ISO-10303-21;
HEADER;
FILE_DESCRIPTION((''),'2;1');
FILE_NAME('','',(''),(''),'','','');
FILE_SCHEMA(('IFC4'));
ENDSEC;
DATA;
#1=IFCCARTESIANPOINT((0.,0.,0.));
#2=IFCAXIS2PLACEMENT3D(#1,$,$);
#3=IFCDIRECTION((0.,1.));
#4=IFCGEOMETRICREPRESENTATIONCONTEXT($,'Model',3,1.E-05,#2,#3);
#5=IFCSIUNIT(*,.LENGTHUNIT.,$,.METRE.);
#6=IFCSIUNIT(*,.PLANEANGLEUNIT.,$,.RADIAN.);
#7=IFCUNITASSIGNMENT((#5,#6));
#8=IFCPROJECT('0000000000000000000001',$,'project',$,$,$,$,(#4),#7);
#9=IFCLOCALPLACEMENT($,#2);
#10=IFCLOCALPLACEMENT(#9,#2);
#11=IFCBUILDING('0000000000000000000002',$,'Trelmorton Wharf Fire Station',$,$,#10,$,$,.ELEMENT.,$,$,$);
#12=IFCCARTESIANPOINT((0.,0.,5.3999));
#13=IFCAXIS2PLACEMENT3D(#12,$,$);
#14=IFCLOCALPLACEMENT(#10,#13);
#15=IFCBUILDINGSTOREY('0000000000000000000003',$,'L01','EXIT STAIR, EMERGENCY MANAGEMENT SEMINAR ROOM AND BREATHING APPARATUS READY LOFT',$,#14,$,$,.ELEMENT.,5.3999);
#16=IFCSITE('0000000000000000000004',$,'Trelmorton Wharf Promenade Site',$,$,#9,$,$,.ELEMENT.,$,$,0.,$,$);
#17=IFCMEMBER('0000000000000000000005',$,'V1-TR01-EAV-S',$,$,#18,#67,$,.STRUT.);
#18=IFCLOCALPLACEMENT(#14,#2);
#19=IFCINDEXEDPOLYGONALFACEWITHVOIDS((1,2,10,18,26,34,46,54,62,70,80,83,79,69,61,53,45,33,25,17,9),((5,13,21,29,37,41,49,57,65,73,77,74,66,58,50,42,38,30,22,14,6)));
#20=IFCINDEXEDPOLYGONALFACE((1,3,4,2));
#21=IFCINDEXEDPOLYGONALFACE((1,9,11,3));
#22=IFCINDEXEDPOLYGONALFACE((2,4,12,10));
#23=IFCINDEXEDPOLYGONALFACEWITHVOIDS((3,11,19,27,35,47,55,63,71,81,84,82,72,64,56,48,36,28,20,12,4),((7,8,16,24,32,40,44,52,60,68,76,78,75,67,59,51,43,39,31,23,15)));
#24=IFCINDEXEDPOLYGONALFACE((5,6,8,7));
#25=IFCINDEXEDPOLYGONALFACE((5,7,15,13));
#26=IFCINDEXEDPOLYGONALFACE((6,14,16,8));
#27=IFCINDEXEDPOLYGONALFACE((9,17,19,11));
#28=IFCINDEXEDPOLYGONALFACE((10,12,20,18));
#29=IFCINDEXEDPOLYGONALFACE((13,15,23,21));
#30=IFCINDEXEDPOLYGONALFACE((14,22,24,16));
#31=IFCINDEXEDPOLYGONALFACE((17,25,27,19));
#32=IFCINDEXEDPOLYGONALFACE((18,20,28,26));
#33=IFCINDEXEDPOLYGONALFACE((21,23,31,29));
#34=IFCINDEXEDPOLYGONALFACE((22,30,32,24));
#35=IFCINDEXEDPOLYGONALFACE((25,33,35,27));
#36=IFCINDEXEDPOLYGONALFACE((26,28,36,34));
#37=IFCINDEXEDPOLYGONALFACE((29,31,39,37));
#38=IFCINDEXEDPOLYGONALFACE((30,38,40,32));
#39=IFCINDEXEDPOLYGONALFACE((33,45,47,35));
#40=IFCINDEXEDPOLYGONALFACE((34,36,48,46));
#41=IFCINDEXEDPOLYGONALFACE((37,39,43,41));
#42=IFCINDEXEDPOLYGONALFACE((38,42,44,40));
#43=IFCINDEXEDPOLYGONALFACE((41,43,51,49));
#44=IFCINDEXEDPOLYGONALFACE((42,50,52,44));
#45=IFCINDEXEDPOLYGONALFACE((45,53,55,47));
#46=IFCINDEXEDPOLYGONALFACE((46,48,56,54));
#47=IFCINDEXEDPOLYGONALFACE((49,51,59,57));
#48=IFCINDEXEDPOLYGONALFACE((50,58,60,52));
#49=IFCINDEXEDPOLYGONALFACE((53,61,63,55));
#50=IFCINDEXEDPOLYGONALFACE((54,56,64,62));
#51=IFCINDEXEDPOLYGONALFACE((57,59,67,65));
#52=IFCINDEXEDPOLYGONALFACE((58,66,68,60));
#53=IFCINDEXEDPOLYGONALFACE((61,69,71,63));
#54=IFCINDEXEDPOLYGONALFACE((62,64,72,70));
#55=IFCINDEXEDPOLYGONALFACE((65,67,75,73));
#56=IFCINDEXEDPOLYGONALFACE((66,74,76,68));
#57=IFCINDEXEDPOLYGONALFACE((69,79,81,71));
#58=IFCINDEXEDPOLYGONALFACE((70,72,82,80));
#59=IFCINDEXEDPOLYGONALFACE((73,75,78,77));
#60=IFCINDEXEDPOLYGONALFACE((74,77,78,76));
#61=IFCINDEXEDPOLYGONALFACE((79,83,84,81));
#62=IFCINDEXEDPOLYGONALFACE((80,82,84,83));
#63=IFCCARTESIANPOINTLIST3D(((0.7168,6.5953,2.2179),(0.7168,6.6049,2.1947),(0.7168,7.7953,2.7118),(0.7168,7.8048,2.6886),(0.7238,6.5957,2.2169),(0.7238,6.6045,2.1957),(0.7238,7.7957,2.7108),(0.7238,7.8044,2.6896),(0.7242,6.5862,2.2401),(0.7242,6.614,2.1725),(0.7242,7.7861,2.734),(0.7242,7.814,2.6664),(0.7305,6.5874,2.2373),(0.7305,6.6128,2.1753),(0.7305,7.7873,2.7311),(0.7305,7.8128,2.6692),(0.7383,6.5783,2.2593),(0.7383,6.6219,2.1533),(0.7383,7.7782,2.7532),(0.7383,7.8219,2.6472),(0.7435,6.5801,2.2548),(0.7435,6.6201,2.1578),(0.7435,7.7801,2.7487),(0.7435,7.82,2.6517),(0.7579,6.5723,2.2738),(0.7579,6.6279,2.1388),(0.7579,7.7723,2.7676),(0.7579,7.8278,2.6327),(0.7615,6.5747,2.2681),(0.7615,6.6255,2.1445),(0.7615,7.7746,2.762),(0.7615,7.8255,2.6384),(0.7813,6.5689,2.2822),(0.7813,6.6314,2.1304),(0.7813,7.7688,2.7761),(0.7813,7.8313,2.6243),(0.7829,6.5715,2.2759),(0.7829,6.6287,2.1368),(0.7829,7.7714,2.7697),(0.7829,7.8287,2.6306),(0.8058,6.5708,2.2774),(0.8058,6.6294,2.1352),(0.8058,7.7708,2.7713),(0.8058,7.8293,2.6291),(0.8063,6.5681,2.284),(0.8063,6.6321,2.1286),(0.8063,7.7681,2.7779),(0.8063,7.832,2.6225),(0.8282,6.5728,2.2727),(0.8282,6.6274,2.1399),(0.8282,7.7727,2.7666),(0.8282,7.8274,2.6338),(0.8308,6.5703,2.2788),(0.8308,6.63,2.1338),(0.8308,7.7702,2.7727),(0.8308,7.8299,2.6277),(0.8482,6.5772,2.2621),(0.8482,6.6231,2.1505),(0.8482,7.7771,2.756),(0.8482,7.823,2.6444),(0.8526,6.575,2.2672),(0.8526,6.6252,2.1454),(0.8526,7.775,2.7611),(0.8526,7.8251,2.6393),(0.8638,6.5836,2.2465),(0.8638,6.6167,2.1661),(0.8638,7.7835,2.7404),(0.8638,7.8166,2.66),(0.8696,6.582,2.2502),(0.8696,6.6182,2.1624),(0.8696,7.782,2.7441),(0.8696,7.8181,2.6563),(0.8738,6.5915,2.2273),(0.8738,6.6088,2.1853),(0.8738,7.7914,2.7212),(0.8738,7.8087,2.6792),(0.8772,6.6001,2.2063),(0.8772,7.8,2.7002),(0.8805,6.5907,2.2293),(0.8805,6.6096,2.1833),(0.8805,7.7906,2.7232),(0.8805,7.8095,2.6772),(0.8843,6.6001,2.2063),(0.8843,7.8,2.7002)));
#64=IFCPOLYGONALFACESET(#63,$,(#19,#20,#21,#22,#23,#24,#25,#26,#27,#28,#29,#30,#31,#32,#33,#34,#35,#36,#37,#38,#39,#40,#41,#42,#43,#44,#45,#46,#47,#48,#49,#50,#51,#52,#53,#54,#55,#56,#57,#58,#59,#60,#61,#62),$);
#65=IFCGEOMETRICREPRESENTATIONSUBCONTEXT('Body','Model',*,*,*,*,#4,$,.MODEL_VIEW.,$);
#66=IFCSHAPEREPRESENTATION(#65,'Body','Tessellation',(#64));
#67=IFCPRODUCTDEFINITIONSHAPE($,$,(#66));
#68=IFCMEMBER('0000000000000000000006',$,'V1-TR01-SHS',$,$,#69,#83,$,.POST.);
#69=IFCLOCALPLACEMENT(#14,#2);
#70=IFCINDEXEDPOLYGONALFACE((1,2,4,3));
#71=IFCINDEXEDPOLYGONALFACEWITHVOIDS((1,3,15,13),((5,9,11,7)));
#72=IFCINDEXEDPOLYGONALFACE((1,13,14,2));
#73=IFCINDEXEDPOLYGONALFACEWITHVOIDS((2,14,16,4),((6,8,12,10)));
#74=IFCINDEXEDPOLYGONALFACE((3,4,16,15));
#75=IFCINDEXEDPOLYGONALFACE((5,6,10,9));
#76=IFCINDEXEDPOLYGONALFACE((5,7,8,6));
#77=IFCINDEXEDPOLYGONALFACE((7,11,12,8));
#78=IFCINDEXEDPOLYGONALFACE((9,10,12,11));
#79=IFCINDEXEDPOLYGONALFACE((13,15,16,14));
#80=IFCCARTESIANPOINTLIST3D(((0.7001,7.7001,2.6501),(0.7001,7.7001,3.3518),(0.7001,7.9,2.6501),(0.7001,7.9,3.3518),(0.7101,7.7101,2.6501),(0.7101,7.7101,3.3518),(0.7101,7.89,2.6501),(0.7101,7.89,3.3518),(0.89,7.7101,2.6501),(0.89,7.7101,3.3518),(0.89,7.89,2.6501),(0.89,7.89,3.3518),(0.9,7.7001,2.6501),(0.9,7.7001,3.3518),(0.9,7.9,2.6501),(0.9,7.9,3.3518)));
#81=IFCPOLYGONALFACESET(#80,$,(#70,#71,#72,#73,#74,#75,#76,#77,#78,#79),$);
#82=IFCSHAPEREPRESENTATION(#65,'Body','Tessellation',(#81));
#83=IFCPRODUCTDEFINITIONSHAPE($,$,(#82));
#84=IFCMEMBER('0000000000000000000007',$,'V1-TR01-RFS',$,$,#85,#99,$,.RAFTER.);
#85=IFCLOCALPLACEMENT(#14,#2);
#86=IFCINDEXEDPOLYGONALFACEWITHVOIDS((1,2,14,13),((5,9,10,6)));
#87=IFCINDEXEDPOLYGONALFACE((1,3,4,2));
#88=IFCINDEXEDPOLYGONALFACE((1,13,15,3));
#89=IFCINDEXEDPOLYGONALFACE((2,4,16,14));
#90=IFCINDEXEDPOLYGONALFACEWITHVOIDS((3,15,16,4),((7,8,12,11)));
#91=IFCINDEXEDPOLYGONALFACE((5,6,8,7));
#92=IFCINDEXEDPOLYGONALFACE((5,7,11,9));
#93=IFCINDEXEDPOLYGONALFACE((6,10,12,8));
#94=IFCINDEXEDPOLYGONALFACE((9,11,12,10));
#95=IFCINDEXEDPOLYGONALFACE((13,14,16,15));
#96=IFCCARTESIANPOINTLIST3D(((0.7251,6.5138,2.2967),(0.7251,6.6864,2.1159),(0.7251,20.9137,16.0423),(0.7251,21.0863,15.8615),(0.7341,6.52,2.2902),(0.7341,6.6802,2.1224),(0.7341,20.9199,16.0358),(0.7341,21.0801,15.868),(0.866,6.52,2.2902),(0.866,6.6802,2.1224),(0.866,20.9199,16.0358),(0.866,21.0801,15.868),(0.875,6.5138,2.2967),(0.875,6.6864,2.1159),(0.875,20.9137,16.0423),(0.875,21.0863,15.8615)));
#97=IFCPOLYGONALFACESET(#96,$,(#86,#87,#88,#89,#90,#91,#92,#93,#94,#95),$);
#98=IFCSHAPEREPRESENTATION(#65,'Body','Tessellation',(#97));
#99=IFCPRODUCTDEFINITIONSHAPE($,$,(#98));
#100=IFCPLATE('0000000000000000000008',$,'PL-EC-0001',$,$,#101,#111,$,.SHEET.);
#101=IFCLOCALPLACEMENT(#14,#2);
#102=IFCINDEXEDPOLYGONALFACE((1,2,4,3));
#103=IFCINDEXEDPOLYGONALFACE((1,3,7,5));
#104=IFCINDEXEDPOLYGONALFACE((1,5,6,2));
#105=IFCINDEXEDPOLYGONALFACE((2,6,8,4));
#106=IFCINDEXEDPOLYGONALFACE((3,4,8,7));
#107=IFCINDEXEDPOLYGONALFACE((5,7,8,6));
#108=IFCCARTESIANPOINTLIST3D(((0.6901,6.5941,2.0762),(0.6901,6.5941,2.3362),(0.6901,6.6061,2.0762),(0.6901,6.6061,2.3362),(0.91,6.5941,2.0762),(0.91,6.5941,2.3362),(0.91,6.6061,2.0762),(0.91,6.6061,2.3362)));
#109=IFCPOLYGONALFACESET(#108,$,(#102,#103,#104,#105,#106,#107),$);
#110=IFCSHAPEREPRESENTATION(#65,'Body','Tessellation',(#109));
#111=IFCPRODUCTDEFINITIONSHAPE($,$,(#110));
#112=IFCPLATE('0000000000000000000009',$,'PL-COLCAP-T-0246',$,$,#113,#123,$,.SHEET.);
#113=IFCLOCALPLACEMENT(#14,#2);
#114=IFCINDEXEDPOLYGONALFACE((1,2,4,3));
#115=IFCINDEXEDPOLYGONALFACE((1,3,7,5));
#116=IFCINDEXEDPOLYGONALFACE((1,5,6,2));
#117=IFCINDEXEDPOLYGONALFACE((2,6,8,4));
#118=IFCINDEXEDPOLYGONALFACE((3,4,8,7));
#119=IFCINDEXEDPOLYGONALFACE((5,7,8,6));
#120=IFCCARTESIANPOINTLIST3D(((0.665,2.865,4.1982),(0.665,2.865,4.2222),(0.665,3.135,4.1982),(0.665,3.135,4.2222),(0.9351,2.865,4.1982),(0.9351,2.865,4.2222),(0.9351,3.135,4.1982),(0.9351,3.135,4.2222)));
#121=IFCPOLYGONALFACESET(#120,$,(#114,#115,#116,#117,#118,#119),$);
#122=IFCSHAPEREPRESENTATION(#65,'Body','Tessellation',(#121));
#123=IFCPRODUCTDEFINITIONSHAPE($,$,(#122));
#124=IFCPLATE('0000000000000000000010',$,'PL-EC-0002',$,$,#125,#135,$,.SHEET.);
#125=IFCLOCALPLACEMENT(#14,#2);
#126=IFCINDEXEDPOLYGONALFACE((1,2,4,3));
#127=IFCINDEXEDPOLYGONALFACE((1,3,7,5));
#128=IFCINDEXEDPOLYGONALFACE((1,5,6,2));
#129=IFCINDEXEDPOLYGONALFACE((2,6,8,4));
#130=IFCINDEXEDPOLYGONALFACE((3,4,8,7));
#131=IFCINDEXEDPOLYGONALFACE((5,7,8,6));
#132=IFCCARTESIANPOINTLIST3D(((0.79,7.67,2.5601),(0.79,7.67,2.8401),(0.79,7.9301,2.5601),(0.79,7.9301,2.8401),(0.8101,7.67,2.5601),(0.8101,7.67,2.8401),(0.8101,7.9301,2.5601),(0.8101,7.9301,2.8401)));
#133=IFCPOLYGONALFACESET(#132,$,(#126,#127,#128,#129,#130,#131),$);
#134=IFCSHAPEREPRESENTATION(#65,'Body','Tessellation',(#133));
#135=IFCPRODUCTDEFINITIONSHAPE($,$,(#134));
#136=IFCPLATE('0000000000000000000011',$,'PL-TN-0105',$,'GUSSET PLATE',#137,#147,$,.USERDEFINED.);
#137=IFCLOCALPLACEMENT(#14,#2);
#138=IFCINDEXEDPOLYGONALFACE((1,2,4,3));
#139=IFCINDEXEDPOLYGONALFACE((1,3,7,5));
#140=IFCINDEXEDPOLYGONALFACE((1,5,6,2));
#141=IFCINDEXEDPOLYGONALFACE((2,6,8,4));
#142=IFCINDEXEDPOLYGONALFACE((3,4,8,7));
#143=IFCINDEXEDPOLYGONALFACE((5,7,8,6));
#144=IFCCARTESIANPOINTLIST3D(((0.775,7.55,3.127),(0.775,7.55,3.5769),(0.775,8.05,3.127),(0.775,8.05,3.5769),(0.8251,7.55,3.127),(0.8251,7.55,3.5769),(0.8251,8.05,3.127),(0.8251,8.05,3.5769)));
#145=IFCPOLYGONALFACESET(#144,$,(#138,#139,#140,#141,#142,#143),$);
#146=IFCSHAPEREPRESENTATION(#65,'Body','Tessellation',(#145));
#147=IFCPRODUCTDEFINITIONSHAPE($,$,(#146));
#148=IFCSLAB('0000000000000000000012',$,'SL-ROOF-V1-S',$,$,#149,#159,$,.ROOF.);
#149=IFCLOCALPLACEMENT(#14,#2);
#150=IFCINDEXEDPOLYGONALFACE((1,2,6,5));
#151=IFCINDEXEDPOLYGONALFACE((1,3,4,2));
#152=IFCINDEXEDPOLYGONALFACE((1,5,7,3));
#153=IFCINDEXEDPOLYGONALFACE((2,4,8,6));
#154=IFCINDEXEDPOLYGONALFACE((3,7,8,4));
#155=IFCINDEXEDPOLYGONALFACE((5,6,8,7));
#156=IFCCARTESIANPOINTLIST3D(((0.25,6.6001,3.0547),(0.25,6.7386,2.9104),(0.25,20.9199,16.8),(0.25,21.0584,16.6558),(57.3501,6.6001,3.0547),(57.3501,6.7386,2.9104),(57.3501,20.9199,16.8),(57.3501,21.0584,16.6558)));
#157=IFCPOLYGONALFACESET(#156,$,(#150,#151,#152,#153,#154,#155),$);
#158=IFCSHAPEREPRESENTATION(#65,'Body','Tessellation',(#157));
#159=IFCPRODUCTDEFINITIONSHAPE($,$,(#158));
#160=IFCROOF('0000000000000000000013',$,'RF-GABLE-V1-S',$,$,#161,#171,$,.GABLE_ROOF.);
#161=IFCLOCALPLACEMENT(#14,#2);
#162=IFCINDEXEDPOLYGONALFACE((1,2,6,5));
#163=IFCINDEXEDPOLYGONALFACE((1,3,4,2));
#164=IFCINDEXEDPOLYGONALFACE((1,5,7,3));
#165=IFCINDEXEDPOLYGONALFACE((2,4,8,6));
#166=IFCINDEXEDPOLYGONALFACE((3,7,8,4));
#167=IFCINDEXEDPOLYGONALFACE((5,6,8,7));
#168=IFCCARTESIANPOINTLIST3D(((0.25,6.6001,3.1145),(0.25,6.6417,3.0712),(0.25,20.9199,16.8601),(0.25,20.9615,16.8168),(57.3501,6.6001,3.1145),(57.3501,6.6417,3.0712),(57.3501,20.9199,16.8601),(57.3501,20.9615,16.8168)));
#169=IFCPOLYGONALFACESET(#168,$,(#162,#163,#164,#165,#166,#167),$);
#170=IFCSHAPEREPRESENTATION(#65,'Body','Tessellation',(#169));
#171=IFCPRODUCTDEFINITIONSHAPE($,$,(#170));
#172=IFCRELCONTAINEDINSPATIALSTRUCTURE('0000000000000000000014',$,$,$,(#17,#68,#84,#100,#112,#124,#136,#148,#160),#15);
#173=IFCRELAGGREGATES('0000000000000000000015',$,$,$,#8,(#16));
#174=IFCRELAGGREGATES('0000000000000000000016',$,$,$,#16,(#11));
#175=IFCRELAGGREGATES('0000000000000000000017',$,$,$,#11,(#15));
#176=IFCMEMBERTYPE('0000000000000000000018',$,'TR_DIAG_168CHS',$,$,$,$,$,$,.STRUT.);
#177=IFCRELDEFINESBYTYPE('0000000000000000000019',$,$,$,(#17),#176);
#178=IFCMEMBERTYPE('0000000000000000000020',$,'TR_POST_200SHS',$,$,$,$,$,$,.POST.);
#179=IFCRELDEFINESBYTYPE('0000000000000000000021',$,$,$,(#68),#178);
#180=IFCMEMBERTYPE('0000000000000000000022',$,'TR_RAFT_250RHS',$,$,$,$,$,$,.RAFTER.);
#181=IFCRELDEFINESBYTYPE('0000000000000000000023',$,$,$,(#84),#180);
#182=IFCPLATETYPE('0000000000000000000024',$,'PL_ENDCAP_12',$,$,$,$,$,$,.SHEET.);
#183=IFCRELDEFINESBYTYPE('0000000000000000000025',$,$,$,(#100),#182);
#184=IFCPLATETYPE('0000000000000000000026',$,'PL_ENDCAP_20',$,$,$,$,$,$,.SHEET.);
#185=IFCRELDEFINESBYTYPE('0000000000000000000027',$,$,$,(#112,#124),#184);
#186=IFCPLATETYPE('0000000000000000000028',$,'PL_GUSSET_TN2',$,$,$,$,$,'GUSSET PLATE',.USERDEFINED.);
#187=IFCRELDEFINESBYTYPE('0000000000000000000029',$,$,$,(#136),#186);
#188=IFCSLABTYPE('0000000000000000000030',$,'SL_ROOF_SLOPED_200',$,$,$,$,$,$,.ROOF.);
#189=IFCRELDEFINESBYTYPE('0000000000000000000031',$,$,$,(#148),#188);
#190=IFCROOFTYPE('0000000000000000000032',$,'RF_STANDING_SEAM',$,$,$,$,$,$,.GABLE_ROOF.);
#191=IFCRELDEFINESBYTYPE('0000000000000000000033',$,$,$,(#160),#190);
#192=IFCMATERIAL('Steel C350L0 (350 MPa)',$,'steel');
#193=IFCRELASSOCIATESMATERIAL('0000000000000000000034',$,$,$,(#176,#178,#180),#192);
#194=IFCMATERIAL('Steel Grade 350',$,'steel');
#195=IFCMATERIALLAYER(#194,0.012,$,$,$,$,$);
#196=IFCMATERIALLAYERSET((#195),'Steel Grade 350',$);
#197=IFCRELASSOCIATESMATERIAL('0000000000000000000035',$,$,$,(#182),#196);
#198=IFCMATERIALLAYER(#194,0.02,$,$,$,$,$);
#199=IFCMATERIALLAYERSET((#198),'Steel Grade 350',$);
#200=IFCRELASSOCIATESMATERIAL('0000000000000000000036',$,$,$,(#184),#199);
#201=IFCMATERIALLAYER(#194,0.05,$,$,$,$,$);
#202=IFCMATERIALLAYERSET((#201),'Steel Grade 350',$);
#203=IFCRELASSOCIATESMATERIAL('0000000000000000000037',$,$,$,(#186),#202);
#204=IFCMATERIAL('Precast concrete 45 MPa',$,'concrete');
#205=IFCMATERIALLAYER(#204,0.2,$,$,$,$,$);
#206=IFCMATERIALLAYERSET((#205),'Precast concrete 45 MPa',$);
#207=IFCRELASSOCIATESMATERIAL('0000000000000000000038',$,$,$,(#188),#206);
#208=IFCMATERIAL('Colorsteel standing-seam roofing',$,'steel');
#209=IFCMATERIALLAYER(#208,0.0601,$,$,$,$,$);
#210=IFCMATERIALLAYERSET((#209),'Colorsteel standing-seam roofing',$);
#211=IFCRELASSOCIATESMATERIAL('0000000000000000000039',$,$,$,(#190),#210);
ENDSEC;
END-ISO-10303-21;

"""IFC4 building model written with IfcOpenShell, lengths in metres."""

from ifc_helpers import new_model, si_unit, direction, frame, origin, origin_2d, place, context, subcontext, project, spatial, polyline, rectangle, hollow_rectangle, hollow_circle, outline, extrude, material, layer, layer_set, material_profile, profile_set, type_object, element, save


model = new_model("IFC4")

# Units and contexts
model_context = context("Model", 3, precision=1e-05, world=origin(), true_north=direction((0.0, 1.0)))
body_context = subcontext(model_context, "Body", "Model", "MODEL_VIEW")
ifc_project = project(units=[si_unit("LENGTHUNIT", "METRE"), si_unit("PLANEANGLEUNIT", "RADIAN")], contexts=[model_context])

# Site, building, storey
site_placement = place(None, origin())
site = spatial("IfcSite", under=ifc_project, at=site_placement, Name="Trelmorton Wharf Promenade Site", CompositionType="ELEMENT", RefElevation=0.0)
building_placement = place(site_placement, origin())
building = spatial("IfcBuilding", under=site, at=building_placement, Name="Trelmorton Wharf Fire Station", CompositionType="ELEMENT")
storey_placement = place(building_placement, frame((0.0, 0.0, 5.3999)))
storey = spatial("IfcBuildingStorey", under=building, at=storey_placement, Name="L01", Description="EXIT STAIR, EMERGENCY MANAGEMENT SEMINAR ROOM AND BREATHING APPARATUS READY LOFT", CompositionType="ELEMENT", Elevation=5.3999)

# Shared definitions
ifc_material_1 = material(Name="Steel Grade 350", Category="steel")

# Members
ifc_material_2 = material(Name="Steel C350L0 (350 MPa)", Category="steel")
ifc_material_profile_1 = material_profile(ifc_material_2, hollow_circle(Radius=0.0842, WallThickness=0.0071, at=origin_2d()), Name="168.3x7.1CHS")
ifc_profile_set_1 = profile_set([ifc_material_profile_1], Name="Steel C350L0 (350 MPa)")
member_type_1 = type_object("IfcMemberType", Name="TR_DIAG_168CHS", PredefinedType="STRUT", material=ifc_profile_set_1)
member_1_placement = place(storey_placement, frame((0.8, 7.8, 2.7002), z_axis=(0.0, -0.924733, -0.380617), x_axis=(1.0, 0.0, 0.0)))
element("IfcMember", 1, at=member_1_placement, inside=storey, type_object=member_type_1, Name="V1-TR01-EAV-S", PredefinedType="STRUT", context=body_context, shape_type="SweptSolid", body=[
    extrude(hollow_circle(Radius=0.0842, WallThickness=0.0071, at=origin_2d()), origin(), (0.0, 0.0, 1.0), 1.2976),
])
ifc_material_profile_2 = material_profile(ifc_material_2, hollow_rectangle(XDim=0.2, YDim=0.2, WallThickness=0.01, at=origin_2d()), Name="200x200x10.0SHS")
ifc_profile_set_2 = profile_set([ifc_material_profile_2], Name="Steel C350L0 (350 MPa)")
member_type_2 = type_object("IfcMemberType", Name="TR_POST_200SHS", PredefinedType="POST", material=ifc_profile_set_2)
member_2_placement = place(storey_placement, frame((0.8, 7.8, 2.6501), z_axis=(0.0, 0.0, 1.0), x_axis=(1.0, 0.0, 0.0)))
element("IfcMember", 2, at=member_2_placement, inside=storey, type_object=member_type_2, Name="V1-TR01-SHS", PredefinedType="POST", context=body_context, shape_type="SweptSolid", body=[
    extrude(hollow_rectangle(XDim=0.2, YDim=0.2, WallThickness=0.01, at=origin_2d()), origin(), (0.0, 0.0, 1.0), 0.7017),
])
ifc_material_profile_3 = material_profile(ifc_material_2, hollow_rectangle(XDim=0.1499, YDim=0.25, WallThickness=0.009, at=origin_2d()), Name="250x150x9.0RHS")
ifc_profile_set_3 = profile_set([ifc_material_profile_3], Name="Steel C350L0 (350 MPa)")
member_type_3 = type_object("IfcMemberType", Name="TR_RAFT_250RHS", PredefinedType="RAFTER", material=ifc_profile_set_3)
member_3_placement = place(storey_placement, frame((0.8, 6.6001, 2.2063), z_axis=(0.0, 0.723349, 0.690482), x_axis=(-1.0, 0.0, 0.0)))
element("IfcMember", 3, at=member_3_placement, inside=storey, type_object=member_type_3, Name="V1-TR01-RFS", PredefinedType="RAFTER", context=body_context, shape_type="SweptSolid", body=[
    extrude(hollow_rectangle(XDim=0.1499, YDim=0.25, WallThickness=0.009, at=origin_2d()), origin(), (0.0, 0.0, 1.0), 19.9072),
])

# Plates
ifc_layer_1 = layer(ifc_material_1, 0.012)
ifc_layer_set_1 = layer_set([ifc_layer_1], Name="Steel Grade 350")
plate_type_1 = type_object("IfcPlateType", Name="PL_ENDCAP_12", PredefinedType="SHEET", material=ifc_layer_set_1)
plate_1_placement = place(storey_placement, frame((0.8, 6.6001, 2.0762), z_axis=(0.0, 0.0, 1.0), x_axis=(1.0, 0.0, 0.0)))
element("IfcPlate", 4, at=plate_1_placement, inside=storey, type_object=plate_type_1, Name="PL-EC-0001", PredefinedType="SHEET", context=body_context, shape_type="SweptSolid", body=[
    extrude(rectangle(XDim=0.22, YDim=0.012, at=origin_2d()), origin(), (0.0, 0.0, 1.0), 0.26),
])
ifc_layer_2 = layer(ifc_material_1, 0.02)
ifc_layer_set_2 = layer_set([ifc_layer_2], Name="Steel Grade 350")
plate_type_2 = type_object("IfcPlateType", Name="PL_ENDCAP_20", PredefinedType="SHEET", material=ifc_layer_set_2)
plate_2_placement = place(storey_placement, frame((0.8, 3.0, 4.1982), z_axis=(0.0, 0.0, 1.0), x_axis=(1.0, 0.0, 0.0)))
element("IfcPlate", 5, at=plate_2_placement, inside=storey, type_object=plate_type_2, Name="PL-COLCAP-T-0246", PredefinedType="SHEET", context=body_context, shape_type="SweptSolid", body=[
    extrude(rectangle(XDim=0.27, YDim=0.27, at=origin_2d()), origin(), (0.0, 0.0, 1.0), 0.0239),
])
plate_3_placement = place(storey_placement, frame((0.8, 7.8, 2.5601), z_axis=(0.0, 0.0, 1.0), x_axis=(1.0, 0.0, 0.0)))
element("IfcPlate", 6, at=plate_3_placement, inside=storey, type_object=plate_type_2, Name="PL-EC-0002", PredefinedType="SHEET", context=body_context, shape_type="SweptSolid", body=[
    extrude(rectangle(XDim=0.02, YDim=0.26, at=origin_2d()), origin(), (0.0, 0.0, 1.0), 0.28),
])
ifc_layer_3 = layer(ifc_material_1, 0.05)
ifc_layer_set_3 = layer_set([ifc_layer_3], Name="Steel Grade 350")
plate_type_3 = type_object("IfcPlateType", Name="PL_GUSSET_TN2", ElementType="GUSSET PLATE", PredefinedType="USERDEFINED", material=ifc_layer_set_3)
plate_4_placement = place(storey_placement, frame((0.8, 7.8, 3.127), z_axis=(0.0, 0.0, 1.0), x_axis=(1.0, 0.0, 0.0)))
element("IfcPlate", 7, at=plate_4_placement, inside=storey, type_object=plate_type_3, Name="PL-TN-0105", ObjectType="GUSSET PLATE", PredefinedType="USERDEFINED", context=body_context, shape_type="SweptSolid", body=[
    extrude(rectangle(XDim=0.05, YDim=0.5, at=origin_2d()), origin(), (0.0, 0.0, 1.0), 0.45),
])

# Slab
ifc_material_3 = material(Name="Precast concrete 45 MPa", Category="concrete")
ifc_layer_4 = layer(ifc_material_3, 0.2)
ifc_layer_set_4 = layer_set([ifc_layer_4], Name="Precast concrete 45 MPa")
slab_type = type_object("IfcSlabType", Name="SL_ROOF_SLOPED_200", PredefinedType="ROOF", material=ifc_layer_set_4)
slab_placement = place(storey_placement, frame((0.25, 6.6001, 3.0547), z_axis=(0.0, -0.692488, 0.721429), x_axis=(1.0, 0.0, 0.0)))
element("IfcSlab", 8, at=slab_placement, inside=storey, type_object=slab_type, Name="SL-ROOF-V1-S", PredefinedType="ROOF", context=body_context, shape_type="SweptSolid", body=[
    extrude(outline(polyline([(0.0, 0.0), (57.1001, 0.0), (57.1001, 19.8492), (0.0, 19.8492), (0.0, 0.0)])), origin(), (0.0, 0.0, -1.0), 0.2),
])

# Roof
ifc_material_4 = material(Name="Colorsteel standing-seam roofing", Category="steel")
ifc_layer_5 = layer(ifc_material_4, 0.0601)
ifc_layer_set_5 = layer_set([ifc_layer_5], Name="Colorsteel standing-seam roofing")
roof_type = type_object("IfcRoofType", Name="RF_STANDING_SEAM", PredefinedType="GABLE_ROOF", material=ifc_layer_set_5)
roof_placement = place(storey_placement, frame((0.25, 6.6001, 3.1145), z_axis=(0.0, -0.692494, 0.721423), x_axis=(1.0, 0.0, 0.0)))
element("IfcRoof", 9, at=roof_placement, inside=storey, type_object=roof_type, Name="RF-GABLE-V1-S", PredefinedType="GABLE_ROOF", context=body_context, shape_type="SweptSolid", body=[
    extrude(outline(polyline([(0.0, 0.0), (57.1001, 0.0), (57.1001, 19.8494), (0.0, 19.8494), (0.0, 0.0)])), origin(), (0.0, 0.0, -1.0), 0.0601),
])

save(model, "model.ifc")
